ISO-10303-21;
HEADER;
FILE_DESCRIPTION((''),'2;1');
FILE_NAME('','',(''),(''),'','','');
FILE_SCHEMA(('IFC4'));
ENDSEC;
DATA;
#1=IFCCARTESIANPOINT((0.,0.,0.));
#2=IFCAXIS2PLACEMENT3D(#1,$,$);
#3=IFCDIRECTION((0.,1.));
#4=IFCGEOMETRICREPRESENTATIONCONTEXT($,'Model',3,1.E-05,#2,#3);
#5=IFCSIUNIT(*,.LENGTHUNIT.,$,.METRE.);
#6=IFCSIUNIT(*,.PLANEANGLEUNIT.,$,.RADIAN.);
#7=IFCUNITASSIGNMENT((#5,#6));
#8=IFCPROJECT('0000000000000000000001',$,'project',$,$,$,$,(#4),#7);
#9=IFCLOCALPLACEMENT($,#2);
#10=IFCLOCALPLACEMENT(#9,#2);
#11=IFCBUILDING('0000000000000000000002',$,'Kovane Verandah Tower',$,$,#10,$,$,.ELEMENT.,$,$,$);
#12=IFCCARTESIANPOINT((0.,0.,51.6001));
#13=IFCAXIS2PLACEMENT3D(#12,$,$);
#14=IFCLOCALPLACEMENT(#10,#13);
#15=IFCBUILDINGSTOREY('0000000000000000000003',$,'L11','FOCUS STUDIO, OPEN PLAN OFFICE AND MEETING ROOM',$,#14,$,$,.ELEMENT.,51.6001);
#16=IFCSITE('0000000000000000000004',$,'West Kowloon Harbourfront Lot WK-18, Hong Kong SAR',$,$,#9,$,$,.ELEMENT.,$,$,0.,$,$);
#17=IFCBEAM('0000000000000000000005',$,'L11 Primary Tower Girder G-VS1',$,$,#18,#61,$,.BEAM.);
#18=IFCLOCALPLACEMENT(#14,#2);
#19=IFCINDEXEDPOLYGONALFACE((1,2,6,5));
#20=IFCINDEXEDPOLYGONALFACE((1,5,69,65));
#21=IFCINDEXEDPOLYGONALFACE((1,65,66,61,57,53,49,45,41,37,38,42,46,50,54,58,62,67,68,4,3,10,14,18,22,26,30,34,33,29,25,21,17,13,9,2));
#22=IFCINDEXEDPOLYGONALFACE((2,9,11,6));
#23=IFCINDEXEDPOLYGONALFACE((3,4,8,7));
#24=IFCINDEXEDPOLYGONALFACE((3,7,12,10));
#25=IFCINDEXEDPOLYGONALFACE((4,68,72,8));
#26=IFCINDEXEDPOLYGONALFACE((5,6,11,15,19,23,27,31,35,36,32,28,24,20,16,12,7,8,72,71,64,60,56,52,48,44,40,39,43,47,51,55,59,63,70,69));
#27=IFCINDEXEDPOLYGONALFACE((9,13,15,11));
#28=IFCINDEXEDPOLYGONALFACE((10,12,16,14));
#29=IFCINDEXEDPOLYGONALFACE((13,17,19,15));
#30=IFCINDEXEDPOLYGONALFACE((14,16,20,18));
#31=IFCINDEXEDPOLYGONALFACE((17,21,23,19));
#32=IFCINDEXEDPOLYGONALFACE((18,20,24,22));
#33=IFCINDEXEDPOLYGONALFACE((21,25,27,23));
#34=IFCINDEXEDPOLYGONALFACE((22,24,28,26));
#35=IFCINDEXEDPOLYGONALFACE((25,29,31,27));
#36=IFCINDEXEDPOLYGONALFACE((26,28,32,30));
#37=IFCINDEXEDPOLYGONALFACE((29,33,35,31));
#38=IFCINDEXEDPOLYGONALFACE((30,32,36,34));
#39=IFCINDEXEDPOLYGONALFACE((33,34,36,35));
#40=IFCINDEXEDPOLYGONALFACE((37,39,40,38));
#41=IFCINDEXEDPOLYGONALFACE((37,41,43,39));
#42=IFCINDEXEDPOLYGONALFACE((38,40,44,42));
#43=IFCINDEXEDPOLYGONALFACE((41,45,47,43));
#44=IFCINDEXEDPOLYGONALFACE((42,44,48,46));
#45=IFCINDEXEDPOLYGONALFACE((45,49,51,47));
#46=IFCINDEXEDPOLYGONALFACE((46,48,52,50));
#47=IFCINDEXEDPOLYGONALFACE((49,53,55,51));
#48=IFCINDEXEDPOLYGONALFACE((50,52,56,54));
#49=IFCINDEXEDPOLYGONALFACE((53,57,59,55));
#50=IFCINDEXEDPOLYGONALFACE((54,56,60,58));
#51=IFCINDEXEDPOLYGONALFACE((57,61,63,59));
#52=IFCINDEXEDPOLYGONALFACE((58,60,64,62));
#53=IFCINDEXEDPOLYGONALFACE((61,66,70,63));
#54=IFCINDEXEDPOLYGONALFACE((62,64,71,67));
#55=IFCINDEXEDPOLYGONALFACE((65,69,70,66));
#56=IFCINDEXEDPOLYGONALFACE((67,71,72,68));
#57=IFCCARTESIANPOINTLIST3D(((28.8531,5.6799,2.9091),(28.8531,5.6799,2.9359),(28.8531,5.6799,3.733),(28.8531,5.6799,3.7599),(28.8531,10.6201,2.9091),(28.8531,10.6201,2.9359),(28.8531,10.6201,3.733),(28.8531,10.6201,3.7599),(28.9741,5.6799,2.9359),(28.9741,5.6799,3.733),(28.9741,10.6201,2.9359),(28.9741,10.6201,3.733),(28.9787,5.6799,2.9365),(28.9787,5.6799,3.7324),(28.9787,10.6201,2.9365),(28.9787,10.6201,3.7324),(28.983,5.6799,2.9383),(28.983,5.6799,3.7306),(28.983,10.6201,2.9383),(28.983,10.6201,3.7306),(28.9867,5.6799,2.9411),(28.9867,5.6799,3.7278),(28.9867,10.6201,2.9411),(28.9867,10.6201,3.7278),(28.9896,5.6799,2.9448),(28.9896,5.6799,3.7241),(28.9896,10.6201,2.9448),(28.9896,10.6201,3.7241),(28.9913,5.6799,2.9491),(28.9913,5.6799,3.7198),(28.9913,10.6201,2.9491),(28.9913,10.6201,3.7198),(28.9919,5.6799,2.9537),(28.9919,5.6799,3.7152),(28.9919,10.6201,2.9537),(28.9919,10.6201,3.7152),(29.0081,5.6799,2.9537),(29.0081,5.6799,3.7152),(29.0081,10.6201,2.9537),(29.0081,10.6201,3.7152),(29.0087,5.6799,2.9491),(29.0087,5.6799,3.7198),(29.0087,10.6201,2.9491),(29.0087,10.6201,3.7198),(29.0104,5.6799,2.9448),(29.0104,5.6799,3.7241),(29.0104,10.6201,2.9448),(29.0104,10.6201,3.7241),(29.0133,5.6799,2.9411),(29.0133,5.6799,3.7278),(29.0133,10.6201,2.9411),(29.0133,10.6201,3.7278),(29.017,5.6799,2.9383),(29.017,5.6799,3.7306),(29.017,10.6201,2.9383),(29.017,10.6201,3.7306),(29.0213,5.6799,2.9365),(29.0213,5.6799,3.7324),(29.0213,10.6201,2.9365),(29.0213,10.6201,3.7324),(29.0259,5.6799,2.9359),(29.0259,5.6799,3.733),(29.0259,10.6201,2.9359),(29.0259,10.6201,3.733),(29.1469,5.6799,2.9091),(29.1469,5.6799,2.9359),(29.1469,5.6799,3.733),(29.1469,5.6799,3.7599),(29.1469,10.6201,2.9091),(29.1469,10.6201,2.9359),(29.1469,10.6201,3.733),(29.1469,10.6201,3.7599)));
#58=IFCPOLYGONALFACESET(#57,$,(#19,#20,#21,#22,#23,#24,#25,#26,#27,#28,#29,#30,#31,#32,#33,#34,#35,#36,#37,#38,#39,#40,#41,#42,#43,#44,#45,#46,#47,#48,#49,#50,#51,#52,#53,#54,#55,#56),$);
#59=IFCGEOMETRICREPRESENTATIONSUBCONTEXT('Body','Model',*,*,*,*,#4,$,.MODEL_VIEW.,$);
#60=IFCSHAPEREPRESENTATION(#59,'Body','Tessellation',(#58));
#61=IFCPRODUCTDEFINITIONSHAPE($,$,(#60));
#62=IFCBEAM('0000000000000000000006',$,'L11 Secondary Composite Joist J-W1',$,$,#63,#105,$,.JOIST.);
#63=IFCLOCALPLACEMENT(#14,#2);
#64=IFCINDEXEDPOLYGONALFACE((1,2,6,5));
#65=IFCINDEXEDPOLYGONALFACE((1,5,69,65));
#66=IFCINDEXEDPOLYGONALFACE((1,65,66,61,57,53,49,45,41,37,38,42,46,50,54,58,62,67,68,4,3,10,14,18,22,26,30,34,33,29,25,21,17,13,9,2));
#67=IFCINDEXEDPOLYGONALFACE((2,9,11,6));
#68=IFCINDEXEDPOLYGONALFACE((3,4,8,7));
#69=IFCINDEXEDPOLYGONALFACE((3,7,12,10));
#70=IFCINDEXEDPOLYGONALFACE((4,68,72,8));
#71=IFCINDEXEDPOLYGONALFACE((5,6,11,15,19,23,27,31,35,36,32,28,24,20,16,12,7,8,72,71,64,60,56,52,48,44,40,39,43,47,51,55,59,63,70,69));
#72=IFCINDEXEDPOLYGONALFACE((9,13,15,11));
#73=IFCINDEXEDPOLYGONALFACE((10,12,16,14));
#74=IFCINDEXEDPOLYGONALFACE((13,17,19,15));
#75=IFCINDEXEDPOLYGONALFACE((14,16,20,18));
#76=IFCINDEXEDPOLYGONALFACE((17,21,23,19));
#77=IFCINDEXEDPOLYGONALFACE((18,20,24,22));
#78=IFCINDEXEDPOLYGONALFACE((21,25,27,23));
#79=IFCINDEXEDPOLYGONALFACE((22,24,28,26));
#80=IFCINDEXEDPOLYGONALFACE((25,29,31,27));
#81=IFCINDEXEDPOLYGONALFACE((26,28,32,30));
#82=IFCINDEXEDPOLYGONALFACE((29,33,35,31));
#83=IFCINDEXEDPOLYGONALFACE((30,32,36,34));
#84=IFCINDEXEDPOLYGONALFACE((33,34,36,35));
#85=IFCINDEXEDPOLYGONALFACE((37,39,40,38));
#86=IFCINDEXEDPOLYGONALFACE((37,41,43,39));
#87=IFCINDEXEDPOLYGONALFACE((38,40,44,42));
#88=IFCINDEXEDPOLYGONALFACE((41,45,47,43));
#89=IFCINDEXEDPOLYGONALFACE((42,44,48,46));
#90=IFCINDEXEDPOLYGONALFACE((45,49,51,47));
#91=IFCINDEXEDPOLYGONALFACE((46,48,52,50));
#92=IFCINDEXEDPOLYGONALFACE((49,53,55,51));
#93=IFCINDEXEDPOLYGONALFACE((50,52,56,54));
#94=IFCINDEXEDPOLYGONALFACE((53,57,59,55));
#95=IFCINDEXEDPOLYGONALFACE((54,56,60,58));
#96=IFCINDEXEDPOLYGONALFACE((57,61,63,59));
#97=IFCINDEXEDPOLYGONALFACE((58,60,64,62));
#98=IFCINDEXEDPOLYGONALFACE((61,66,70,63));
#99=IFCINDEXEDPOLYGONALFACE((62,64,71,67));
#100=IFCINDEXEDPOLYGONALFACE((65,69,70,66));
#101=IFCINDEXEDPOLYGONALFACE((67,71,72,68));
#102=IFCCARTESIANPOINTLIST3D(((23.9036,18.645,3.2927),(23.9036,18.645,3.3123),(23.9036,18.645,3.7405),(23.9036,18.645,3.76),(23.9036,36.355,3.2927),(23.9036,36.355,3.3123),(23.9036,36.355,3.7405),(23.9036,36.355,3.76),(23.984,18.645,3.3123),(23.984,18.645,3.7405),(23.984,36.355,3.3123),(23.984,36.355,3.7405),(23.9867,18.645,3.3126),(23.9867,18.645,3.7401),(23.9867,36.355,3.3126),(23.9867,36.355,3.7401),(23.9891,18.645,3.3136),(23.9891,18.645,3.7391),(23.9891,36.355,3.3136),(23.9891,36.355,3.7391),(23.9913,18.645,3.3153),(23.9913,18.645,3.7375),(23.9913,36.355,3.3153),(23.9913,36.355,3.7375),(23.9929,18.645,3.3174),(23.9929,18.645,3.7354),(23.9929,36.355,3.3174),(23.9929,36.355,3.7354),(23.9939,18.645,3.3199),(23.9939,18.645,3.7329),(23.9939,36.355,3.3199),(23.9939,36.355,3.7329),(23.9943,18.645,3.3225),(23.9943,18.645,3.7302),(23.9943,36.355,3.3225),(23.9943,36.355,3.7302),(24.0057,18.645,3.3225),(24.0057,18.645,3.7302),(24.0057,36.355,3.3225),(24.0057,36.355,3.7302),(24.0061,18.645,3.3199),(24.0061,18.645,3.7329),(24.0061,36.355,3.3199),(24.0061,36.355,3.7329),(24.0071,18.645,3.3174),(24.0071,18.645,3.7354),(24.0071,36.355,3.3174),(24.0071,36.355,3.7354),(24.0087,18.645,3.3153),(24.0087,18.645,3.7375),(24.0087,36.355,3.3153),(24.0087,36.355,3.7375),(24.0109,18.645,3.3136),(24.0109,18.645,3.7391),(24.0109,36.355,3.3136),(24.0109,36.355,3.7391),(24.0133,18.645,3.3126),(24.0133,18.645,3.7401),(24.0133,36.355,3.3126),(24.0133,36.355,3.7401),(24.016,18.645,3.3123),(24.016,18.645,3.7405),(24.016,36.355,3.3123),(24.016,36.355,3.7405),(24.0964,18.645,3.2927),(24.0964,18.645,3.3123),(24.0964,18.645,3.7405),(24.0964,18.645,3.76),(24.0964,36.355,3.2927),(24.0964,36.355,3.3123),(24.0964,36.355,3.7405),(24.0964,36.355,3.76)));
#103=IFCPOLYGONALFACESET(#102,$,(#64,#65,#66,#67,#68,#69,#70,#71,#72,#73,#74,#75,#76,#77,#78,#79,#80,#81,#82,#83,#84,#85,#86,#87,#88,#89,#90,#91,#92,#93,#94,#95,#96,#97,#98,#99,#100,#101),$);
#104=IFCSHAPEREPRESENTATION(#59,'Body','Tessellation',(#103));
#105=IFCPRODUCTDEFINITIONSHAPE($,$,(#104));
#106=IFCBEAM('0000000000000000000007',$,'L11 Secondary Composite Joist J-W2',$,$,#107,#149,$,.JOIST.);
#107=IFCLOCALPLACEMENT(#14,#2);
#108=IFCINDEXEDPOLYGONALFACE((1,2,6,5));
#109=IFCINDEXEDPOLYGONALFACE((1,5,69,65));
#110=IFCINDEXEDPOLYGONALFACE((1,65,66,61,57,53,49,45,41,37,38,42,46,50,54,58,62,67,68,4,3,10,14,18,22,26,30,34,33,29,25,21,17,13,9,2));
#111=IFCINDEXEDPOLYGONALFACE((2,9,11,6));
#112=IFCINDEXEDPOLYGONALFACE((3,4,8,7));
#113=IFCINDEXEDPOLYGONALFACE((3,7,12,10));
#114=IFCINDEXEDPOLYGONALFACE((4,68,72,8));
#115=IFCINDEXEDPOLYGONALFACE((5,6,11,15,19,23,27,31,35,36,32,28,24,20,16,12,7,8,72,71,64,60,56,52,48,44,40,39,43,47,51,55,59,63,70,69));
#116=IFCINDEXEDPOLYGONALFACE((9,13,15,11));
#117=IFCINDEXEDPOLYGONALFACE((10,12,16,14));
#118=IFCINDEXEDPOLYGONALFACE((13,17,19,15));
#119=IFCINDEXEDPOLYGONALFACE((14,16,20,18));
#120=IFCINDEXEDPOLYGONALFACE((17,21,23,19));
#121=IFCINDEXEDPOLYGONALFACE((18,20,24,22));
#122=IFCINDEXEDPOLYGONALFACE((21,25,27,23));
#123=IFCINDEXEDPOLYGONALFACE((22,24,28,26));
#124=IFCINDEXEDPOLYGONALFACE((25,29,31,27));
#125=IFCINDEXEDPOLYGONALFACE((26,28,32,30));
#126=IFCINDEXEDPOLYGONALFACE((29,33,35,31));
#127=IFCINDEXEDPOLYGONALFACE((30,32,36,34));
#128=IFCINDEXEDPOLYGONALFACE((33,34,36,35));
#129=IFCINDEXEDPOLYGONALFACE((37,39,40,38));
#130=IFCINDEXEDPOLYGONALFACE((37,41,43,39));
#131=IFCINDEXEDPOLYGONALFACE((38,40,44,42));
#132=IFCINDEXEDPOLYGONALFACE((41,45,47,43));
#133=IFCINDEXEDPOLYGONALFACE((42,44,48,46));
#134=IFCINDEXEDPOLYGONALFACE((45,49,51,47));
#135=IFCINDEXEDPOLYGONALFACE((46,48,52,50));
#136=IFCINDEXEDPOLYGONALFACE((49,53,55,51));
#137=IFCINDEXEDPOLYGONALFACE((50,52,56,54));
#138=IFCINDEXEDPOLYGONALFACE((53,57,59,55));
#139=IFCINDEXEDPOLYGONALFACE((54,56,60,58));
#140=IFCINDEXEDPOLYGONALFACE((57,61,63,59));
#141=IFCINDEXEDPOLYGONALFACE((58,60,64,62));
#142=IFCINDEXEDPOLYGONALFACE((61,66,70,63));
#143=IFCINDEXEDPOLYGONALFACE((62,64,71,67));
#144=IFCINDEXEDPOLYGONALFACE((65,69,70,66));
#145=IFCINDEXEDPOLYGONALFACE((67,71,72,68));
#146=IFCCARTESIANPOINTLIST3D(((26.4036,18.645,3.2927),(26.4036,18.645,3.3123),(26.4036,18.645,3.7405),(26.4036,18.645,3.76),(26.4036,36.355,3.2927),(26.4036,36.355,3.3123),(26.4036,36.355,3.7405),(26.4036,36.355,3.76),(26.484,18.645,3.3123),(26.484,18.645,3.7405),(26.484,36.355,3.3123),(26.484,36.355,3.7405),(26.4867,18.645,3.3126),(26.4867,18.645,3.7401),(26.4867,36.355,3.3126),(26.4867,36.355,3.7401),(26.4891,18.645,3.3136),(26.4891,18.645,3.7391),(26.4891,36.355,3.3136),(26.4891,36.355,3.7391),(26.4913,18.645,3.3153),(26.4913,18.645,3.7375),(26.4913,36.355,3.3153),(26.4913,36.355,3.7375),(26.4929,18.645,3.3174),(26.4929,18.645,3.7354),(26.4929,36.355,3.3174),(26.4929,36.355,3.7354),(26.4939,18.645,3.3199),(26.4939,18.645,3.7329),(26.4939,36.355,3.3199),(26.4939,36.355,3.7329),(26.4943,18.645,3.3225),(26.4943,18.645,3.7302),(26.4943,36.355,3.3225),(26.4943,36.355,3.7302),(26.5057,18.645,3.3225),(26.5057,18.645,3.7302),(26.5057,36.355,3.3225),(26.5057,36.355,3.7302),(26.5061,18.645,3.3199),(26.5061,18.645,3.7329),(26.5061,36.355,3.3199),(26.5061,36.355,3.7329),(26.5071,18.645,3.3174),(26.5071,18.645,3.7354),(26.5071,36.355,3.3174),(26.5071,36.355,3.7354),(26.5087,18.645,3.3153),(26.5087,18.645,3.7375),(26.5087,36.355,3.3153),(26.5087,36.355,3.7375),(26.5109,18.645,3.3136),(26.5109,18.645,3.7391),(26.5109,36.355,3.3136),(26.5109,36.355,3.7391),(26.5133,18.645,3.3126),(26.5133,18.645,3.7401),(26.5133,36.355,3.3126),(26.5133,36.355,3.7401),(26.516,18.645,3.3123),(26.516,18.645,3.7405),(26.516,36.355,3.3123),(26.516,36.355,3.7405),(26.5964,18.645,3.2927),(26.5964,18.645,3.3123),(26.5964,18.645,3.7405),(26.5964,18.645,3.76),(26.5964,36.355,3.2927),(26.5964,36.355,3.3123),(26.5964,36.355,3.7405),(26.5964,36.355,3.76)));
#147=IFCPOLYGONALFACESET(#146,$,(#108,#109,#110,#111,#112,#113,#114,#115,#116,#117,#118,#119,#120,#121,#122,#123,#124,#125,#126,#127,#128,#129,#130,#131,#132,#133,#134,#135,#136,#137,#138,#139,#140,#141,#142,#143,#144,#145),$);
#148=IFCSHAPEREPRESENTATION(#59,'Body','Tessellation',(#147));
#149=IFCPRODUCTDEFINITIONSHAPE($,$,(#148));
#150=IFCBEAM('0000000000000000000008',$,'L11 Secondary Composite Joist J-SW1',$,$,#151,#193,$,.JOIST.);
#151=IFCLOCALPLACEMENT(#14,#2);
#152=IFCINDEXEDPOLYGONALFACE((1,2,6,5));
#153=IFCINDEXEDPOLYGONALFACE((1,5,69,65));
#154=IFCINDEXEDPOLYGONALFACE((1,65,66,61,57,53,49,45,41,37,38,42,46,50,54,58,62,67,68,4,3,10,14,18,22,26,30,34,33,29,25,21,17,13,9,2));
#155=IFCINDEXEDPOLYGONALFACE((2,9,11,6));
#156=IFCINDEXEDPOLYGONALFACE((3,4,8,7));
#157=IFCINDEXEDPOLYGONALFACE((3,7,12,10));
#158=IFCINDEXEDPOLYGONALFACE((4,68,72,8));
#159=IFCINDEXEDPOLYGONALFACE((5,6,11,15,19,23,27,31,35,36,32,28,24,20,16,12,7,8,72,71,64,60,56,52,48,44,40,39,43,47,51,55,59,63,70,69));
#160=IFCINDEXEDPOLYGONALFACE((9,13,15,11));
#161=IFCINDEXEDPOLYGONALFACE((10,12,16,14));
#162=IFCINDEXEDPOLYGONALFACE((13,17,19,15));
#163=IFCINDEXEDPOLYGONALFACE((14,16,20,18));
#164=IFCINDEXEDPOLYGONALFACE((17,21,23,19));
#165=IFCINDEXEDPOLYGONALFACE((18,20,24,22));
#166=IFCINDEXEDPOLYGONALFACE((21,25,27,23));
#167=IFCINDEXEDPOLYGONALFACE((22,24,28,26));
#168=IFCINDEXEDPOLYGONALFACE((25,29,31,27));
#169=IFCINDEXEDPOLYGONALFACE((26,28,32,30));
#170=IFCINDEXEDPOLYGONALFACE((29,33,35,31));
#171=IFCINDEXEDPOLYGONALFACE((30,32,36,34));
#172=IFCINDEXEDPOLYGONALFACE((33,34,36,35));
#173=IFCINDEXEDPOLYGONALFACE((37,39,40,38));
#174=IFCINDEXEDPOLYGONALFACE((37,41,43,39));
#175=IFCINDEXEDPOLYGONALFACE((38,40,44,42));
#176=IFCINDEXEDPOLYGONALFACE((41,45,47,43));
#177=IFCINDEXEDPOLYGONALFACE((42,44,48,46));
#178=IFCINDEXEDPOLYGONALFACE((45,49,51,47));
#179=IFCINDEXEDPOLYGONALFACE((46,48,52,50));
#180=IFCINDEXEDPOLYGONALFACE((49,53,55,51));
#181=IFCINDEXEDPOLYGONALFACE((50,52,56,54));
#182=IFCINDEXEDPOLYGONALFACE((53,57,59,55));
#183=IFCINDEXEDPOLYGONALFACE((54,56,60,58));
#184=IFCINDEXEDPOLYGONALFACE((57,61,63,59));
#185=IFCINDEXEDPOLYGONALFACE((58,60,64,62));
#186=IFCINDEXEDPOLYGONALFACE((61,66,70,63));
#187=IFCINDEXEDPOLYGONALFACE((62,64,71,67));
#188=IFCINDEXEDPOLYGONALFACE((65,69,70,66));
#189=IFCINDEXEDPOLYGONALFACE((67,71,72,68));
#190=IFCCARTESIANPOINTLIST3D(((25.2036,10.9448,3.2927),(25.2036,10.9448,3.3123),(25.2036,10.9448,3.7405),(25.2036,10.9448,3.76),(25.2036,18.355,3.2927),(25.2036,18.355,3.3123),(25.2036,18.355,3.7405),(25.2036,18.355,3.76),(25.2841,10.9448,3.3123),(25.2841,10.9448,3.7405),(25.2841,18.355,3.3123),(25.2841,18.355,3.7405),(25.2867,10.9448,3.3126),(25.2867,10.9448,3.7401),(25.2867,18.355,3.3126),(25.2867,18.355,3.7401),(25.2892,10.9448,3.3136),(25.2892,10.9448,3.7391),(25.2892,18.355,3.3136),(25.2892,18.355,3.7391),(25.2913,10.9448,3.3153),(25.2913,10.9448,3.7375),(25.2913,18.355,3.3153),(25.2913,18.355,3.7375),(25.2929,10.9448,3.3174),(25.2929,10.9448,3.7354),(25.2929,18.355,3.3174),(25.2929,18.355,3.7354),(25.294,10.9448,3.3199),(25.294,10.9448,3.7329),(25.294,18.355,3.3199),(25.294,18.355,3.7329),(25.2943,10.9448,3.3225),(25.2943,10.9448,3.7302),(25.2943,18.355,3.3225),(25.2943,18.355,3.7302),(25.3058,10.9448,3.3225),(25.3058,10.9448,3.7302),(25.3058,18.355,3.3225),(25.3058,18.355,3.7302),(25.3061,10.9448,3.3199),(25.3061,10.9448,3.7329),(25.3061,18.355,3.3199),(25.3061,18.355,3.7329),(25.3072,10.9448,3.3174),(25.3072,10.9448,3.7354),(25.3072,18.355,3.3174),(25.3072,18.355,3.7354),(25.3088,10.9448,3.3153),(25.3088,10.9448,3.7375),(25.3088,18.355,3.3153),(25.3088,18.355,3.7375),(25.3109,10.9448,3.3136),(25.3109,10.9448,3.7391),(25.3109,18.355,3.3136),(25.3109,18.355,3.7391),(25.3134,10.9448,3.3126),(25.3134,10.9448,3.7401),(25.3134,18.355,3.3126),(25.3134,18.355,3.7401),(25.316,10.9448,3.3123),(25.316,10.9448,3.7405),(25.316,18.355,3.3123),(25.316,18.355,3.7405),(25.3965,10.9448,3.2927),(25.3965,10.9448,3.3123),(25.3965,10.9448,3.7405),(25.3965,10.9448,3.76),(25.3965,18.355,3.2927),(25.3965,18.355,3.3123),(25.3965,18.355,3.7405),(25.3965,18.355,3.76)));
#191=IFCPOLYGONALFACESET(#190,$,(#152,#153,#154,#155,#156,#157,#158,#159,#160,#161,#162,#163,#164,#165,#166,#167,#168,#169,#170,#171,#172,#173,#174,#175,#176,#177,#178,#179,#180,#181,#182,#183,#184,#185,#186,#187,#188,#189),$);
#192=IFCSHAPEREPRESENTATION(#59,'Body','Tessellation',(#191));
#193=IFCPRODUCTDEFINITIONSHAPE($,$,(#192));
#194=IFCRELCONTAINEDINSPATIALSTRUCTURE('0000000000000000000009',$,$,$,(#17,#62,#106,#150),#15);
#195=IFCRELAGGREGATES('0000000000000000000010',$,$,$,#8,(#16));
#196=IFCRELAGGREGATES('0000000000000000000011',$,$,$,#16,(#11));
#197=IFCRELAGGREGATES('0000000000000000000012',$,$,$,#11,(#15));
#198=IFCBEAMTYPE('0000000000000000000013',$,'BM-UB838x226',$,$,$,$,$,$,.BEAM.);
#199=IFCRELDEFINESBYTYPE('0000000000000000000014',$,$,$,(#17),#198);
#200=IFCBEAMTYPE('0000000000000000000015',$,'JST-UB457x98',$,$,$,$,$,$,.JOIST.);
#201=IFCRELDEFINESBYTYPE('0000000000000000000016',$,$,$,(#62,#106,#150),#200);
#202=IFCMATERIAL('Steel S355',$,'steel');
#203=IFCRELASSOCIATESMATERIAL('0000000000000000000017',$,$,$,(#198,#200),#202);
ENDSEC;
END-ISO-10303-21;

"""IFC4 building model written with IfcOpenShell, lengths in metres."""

from ifc_helpers import new_model, si_unit, direction, frame, origin, origin_2d, place, context, subcontext, project, spatial, i_section, extrude, material, material_profile, profile_set, type_object, element, save


model = new_model("IFC4")

# Units and contexts
model_context = context("Model", 3, precision=1e-05, world=origin(), true_north=direction((0.0, 1.0)))
body_context = subcontext(model_context, "Body", "Model", "MODEL_VIEW")
ifc_project = project(units=[si_unit("LENGTHUNIT", "METRE"), si_unit("PLANEANGLEUNIT", "RADIAN")], contexts=[model_context])

# Site, building, storey
site_placement = place(None, origin())
site = spatial("IfcSite", under=ifc_project, at=site_placement, Name="West Kowloon Harbourfront Lot WK-18, Hong Kong SAR", CompositionType="ELEMENT", RefElevation=0.0)
building_placement = place(site_placement, origin())
building = spatial("IfcBuilding", under=site, at=building_placement, Name="Kovane Verandah Tower", CompositionType="ELEMENT")
storey_placement = place(building_placement, frame((0.0, 0.0, 51.6001)))
storey = spatial("IfcBuildingStorey", under=building, at=storey_placement, Name="L11", Description="FOCUS STUDIO, OPEN PLAN OFFICE AND MEETING ROOM", CompositionType="ELEMENT", Elevation=51.6001)

# Beams
ifc_material_1 = material(Name="Steel S355", Category="steel")
ifc_material_profile_1 = material_profile(ifc_material_1, i_section(OverallWidth=0.2937, OverallDepth=0.8508, WebThickness=0.0161, FlangeThickness=0.0269, FilletRadius=0.0178, at=origin_2d()), Name="UB838x292x226")
ifc_profile_set_1 = profile_set([ifc_material_profile_1], Name="Steel S355")
beam_type_1 = type_object("IfcBeamType", Name="BM-UB838x226", PredefinedType="BEAM", material=ifc_profile_set_1)
beam_1_placement = place(storey_placement, frame((29.0, 10.6201, 3.3345), z_axis=(0.0, -1.0, 0.0), x_axis=(1.0, 0.0, 0.0)))
element("IfcBeam", 1, at=beam_1_placement, inside=storey, type_object=beam_type_1, Name="L11 Primary Tower Girder G-VS1", PredefinedType="BEAM", context=body_context, shape_type="SweptSolid", body=[
    extrude(i_section(OverallWidth=0.2937, OverallDepth=0.8508, WebThickness=0.0161, FlangeThickness=0.0269, FilletRadius=0.0178, at=origin_2d()), origin(), (0.0, 0.0, 1.0), 4.9402),
])
ifc_material_profile_2 = material_profile(ifc_material_1, i_section(OverallWidth=0.1929, OverallDepth=0.4673, WebThickness=0.0115, FlangeThickness=0.0195, FilletRadius=0.0103, at=origin_2d()), Name="UB457x191x98")
ifc_profile_set_2 = profile_set([ifc_material_profile_2], Name="Steel S355")
beam_type_2 = type_object("IfcBeamType", Name="JST-UB457x98", PredefinedType="JOIST", material=ifc_profile_set_2)
for number, where, z_axis, x_axis, name in (
    (2, (24.0, 18.645, 3.5264), (0.0, 1.0, 0.0), (-1.0, 0.0, 0.0), "L11 Secondary Composite Joist J-W1"),
    (3, (26.5, 18.645, 3.5264), (0.0, 1.0, 0.0), (-1.0, 0.0, 0.0), "L11 Secondary Composite Joist J-W2"),
):
    element("IfcBeam", number, at=place(storey_placement, frame(where, z_axis=z_axis, x_axis=x_axis)), inside=storey, type_object=beam_type_2, Name=name, PredefinedType="JOIST", context=body_context, shape_type="SweptSolid", body=[
        extrude(i_section(OverallWidth=0.1929, OverallDepth=0.4673, WebThickness=0.0115, FlangeThickness=0.0195, FilletRadius=0.0103, at=origin_2d()), origin(), (0.0, 0.0, 1.0), 17.71),
    ])
beam_2_placement = place(storey_placement, frame((25.3, 10.9448, 3.5264), z_axis=(0.0, 1.0, 0.0), x_axis=(-1.0, 0.0, 0.0)))
element("IfcBeam", 4, at=beam_2_placement, inside=storey, type_object=beam_type_2, Name="L11 Secondary Composite Joist J-SW1", PredefinedType="JOIST", context=body_context, shape_type="SweptSolid", body=[
    extrude(i_section(OverallWidth=0.1929, OverallDepth=0.4673, WebThickness=0.0115, FlangeThickness=0.0195, FilletRadius=0.0103, at=origin_2d()), origin(), (0.0, 0.0, 1.0), 7.4102),
])

save(model, "model.ifc")
